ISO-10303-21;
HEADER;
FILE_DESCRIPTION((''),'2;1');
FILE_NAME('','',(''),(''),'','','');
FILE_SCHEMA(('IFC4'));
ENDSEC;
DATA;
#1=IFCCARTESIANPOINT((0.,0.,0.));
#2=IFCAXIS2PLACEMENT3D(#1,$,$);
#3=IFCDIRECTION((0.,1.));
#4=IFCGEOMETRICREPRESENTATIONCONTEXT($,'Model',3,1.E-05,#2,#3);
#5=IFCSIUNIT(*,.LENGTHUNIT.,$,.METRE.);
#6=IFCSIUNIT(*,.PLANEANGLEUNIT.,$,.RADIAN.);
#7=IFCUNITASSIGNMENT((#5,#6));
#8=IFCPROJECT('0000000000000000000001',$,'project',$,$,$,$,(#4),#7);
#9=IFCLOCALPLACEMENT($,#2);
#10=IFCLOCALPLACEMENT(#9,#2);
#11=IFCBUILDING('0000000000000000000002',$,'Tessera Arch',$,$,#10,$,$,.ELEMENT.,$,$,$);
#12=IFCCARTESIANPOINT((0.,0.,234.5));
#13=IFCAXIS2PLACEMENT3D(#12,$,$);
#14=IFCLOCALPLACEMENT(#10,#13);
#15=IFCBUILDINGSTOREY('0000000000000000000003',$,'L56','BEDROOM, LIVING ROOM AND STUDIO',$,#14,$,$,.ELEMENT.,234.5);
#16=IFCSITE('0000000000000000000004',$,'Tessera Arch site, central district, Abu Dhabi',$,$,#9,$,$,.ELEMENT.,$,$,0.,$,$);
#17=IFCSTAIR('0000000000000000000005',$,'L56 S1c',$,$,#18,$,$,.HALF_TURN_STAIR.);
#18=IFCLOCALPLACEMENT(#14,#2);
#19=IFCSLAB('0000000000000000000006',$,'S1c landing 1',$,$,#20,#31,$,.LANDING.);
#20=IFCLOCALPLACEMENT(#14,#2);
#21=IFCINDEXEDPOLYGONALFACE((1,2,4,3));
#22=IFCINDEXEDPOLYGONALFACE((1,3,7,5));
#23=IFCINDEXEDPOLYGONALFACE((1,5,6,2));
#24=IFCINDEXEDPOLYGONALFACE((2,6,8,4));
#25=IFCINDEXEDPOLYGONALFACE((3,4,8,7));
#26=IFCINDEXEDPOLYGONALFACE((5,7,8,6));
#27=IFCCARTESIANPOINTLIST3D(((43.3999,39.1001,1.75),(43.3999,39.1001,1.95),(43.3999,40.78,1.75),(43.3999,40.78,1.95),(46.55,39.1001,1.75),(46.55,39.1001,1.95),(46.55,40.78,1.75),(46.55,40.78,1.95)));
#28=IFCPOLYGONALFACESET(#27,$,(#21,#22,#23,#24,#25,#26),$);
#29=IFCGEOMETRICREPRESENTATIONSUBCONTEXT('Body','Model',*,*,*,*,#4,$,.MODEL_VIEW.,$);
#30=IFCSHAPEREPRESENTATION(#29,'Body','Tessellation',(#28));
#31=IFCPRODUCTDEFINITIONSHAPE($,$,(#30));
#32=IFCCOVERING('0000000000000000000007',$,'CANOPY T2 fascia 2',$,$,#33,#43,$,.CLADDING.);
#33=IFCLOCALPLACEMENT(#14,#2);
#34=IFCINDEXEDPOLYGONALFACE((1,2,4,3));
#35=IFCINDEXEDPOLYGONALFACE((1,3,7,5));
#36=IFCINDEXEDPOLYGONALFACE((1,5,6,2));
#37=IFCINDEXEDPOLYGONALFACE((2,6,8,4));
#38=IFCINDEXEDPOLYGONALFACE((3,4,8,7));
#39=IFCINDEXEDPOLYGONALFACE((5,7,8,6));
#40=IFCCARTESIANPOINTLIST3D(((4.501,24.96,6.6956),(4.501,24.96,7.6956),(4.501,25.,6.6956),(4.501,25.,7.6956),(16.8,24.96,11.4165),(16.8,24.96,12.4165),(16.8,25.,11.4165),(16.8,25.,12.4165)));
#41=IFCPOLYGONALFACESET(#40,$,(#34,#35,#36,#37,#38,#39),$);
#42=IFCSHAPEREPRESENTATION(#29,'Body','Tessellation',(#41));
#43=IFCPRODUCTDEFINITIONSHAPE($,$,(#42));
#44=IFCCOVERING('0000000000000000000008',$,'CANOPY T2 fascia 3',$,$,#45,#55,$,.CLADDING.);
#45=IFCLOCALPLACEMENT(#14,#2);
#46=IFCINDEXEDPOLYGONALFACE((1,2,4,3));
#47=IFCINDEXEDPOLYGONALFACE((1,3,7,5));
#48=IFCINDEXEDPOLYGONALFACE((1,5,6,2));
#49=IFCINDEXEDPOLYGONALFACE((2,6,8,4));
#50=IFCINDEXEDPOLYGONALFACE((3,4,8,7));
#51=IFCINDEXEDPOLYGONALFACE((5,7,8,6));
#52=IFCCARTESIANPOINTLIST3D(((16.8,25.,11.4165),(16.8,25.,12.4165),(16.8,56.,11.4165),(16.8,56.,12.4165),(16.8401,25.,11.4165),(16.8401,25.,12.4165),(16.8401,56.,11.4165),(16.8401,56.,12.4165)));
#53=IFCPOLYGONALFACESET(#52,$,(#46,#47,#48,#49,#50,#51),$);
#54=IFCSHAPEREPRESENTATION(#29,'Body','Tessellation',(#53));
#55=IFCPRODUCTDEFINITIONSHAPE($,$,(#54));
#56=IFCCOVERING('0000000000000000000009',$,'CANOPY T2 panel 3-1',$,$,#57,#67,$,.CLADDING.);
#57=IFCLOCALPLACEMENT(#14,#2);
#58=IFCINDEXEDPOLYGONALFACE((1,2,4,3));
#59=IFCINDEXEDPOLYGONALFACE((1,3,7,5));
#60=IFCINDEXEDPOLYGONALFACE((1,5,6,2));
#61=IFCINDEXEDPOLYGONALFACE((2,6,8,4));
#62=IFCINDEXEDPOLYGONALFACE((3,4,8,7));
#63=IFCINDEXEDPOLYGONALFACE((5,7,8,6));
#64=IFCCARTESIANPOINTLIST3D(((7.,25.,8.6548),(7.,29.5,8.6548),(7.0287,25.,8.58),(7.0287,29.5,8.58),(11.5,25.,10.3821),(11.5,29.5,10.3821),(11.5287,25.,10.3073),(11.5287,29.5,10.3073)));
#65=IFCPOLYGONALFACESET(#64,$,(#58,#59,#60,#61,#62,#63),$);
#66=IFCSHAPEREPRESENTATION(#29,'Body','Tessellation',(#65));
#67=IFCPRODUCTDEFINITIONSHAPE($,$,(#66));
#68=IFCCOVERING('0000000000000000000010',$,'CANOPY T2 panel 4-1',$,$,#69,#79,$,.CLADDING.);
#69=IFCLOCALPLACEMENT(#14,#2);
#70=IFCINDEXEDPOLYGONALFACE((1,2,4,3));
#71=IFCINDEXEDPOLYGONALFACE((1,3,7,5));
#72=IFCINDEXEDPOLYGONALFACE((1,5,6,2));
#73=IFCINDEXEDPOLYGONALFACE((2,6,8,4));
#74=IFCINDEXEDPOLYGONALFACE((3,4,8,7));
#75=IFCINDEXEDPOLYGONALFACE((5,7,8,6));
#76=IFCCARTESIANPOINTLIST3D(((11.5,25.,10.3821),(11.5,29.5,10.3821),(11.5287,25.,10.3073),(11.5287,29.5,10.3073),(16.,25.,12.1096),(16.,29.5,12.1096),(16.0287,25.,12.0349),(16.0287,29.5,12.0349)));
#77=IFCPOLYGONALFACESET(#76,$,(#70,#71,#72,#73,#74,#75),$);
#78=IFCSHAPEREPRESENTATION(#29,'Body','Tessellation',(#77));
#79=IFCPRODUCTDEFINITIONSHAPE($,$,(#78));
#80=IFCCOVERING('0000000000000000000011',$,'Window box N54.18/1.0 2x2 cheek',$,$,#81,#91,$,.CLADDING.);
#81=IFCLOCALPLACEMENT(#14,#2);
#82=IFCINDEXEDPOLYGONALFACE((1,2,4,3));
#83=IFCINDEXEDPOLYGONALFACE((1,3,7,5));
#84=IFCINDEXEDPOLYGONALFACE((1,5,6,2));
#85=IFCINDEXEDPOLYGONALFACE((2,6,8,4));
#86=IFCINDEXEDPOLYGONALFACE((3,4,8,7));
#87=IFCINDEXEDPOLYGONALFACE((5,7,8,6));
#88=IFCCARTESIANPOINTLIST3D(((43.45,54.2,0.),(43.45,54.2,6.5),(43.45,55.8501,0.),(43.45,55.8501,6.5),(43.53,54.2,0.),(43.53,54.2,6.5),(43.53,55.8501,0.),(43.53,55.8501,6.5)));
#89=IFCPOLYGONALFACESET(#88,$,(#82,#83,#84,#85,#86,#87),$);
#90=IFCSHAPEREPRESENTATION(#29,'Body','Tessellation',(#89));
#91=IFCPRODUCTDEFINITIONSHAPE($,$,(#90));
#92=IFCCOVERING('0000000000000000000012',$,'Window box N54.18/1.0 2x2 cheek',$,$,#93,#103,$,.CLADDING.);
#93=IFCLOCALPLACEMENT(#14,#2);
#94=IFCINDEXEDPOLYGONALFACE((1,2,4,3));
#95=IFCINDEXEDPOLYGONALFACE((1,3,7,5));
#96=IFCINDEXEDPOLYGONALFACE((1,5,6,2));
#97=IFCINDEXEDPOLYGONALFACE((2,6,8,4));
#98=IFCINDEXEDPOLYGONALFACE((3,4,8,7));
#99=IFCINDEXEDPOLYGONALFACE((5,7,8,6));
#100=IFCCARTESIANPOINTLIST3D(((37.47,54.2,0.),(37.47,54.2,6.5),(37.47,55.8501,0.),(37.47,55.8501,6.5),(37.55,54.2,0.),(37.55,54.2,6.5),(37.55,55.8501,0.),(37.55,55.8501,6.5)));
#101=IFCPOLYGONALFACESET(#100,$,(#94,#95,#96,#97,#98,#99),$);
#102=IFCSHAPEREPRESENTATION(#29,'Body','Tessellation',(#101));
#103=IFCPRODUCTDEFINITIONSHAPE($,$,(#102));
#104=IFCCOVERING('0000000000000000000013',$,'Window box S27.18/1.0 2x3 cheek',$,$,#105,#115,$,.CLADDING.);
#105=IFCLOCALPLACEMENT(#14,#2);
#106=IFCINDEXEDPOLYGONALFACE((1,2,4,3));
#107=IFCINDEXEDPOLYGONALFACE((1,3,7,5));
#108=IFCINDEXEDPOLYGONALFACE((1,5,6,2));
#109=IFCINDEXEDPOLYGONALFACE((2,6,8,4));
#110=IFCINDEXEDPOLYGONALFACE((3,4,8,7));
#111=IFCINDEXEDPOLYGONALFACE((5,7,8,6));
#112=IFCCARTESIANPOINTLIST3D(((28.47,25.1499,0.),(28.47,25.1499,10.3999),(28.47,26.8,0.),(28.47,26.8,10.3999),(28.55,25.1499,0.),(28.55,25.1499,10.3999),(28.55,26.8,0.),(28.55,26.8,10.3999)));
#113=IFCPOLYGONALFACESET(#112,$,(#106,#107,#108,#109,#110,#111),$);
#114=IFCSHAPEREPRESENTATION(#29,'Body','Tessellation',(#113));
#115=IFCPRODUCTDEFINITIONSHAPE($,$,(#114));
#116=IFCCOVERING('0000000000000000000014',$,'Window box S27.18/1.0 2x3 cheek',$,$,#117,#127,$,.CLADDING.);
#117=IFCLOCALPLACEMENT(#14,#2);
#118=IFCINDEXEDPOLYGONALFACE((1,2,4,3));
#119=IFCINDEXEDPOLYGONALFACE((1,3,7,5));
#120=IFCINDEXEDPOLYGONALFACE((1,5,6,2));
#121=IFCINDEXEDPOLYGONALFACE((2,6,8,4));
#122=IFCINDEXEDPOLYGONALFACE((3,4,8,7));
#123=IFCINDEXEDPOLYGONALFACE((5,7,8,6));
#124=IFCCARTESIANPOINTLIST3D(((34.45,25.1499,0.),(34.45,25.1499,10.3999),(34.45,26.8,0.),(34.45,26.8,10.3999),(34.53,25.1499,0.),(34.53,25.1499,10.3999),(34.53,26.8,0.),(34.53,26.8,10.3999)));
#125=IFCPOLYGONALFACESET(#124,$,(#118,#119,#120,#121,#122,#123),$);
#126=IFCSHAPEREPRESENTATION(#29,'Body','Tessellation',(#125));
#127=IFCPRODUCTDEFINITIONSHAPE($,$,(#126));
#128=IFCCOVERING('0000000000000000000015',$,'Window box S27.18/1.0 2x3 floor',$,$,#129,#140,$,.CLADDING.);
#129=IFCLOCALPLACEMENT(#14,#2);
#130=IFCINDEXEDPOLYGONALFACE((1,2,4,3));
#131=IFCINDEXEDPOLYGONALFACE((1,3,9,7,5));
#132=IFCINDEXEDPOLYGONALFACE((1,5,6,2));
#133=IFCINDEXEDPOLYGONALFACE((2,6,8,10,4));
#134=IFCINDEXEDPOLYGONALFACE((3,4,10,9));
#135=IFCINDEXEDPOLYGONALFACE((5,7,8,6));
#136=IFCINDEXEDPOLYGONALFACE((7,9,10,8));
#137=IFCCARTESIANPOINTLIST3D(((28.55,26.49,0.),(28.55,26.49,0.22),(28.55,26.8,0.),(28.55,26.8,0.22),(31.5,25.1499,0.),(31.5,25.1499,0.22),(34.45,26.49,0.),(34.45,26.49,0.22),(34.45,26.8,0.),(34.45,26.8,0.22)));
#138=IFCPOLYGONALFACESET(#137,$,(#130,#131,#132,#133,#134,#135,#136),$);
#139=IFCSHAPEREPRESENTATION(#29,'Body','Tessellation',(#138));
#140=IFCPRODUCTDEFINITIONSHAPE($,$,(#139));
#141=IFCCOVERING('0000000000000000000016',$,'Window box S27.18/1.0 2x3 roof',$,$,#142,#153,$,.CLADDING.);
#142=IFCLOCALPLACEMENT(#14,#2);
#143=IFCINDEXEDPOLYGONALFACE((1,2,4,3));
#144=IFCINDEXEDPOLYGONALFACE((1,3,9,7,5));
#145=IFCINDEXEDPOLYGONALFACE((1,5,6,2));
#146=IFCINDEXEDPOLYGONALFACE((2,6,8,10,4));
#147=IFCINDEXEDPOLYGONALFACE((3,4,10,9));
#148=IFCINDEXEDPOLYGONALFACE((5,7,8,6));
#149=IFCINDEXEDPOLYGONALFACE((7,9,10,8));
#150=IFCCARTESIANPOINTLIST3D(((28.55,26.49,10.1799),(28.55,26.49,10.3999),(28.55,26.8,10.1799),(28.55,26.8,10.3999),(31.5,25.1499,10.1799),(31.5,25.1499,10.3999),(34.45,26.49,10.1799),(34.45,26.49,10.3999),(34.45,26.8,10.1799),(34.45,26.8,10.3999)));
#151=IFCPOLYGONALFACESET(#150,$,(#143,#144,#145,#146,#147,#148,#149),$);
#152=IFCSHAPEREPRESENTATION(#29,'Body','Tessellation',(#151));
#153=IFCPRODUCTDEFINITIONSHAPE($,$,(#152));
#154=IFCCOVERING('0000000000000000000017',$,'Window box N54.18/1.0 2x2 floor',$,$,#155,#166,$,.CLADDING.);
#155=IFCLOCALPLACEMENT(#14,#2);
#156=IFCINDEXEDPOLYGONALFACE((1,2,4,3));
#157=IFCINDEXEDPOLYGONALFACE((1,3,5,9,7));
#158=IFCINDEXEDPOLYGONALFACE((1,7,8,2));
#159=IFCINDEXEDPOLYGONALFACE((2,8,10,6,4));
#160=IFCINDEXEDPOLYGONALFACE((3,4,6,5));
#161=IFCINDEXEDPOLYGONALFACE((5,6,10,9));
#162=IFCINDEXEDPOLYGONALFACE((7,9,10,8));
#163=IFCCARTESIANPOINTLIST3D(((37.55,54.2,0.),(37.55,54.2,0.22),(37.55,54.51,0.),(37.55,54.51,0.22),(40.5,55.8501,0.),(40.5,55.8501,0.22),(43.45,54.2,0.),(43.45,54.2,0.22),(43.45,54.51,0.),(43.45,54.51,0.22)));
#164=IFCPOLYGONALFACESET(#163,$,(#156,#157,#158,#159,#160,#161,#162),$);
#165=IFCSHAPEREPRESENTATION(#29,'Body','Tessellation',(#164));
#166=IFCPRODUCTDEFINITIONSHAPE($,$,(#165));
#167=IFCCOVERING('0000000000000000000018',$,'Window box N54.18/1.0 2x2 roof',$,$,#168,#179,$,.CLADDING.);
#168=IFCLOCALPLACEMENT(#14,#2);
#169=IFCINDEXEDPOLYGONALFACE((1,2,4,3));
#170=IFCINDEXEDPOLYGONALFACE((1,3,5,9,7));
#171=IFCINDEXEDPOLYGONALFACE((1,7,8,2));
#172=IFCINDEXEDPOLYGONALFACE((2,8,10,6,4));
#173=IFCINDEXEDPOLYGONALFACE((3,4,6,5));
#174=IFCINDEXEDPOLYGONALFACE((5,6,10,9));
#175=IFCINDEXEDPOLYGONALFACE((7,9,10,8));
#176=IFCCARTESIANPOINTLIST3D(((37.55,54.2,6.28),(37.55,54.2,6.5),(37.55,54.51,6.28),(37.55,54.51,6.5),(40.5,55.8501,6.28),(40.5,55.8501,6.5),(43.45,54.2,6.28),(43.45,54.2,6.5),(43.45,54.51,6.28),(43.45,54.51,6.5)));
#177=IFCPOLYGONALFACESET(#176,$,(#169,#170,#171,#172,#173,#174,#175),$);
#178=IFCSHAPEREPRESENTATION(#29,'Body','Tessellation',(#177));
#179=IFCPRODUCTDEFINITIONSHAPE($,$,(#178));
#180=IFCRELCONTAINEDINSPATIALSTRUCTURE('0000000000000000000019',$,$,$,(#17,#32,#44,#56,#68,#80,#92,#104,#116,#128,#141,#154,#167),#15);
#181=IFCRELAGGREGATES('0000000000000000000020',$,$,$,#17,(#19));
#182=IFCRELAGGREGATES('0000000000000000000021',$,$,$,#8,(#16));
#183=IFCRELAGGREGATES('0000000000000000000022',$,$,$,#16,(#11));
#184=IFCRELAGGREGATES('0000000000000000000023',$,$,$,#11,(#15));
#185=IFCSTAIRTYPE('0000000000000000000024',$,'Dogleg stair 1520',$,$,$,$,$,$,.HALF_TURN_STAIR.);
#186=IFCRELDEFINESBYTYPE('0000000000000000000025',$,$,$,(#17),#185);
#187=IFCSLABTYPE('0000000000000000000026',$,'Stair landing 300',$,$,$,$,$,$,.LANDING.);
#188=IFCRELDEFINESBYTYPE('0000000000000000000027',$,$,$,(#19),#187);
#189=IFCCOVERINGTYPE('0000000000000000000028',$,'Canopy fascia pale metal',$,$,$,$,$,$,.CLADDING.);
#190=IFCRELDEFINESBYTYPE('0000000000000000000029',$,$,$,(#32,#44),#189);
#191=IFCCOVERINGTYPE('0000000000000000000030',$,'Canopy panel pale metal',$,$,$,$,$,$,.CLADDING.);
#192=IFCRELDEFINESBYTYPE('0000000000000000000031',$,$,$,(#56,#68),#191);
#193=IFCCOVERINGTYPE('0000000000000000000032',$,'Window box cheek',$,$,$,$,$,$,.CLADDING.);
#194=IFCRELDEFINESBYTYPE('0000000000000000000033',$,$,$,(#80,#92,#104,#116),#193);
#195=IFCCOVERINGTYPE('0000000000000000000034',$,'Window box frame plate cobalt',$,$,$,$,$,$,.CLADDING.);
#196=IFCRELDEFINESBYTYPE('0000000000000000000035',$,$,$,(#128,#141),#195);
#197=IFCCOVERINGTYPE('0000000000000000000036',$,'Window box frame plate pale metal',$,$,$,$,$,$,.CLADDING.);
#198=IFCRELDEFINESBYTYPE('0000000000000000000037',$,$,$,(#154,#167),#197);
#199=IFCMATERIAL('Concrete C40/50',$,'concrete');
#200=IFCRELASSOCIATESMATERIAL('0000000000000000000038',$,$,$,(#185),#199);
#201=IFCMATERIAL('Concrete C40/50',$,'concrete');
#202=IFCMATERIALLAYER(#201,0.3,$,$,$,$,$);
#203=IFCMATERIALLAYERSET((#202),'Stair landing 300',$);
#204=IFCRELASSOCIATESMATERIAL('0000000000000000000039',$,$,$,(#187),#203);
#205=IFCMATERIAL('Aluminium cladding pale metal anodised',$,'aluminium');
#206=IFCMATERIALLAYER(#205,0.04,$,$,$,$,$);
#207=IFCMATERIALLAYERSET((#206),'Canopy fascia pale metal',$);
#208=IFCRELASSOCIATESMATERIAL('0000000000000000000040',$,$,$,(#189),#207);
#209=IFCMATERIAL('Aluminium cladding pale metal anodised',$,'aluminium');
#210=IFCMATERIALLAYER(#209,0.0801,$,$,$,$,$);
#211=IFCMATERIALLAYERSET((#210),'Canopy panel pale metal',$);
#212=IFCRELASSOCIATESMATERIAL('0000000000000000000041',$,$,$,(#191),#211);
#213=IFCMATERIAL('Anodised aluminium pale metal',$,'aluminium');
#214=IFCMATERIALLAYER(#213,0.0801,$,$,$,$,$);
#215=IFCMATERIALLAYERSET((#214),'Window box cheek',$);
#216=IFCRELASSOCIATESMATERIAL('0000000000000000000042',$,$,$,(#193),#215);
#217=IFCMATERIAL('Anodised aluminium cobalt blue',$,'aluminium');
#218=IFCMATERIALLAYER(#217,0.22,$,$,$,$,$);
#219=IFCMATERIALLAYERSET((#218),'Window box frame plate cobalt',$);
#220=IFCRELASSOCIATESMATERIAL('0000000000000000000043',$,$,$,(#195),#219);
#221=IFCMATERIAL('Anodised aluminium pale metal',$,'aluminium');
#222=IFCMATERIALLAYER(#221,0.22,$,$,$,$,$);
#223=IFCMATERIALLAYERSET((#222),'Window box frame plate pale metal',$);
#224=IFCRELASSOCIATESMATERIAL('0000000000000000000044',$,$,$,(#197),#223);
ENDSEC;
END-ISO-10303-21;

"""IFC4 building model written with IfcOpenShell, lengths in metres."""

from ifc_helpers import new_model, si_unit, direction, frame, origin, place, context, subcontext, project, spatial, polyline, outline, extrude, material, layer, layer_set, type_object, element, aggregate, save


model = new_model("IFC4")

# Units and contexts
model_context = context("Model", 3, precision=1e-05, world=origin(), true_north=direction((0.0, 1.0)))
body_context = subcontext(model_context, "Body", "Model", "MODEL_VIEW")
ifc_project = project(units=[si_unit("LENGTHUNIT", "METRE"), si_unit("PLANEANGLEUNIT", "RADIAN")], contexts=[model_context])

# Site, building, storey
site_placement = place(None, origin())
site = spatial("IfcSite", under=ifc_project, at=site_placement, Name="Tessera Arch site, central district, Abu Dhabi", CompositionType="ELEMENT", RefElevation=0.0)
building_placement = place(site_placement, origin())
building = spatial("IfcBuilding", under=site, at=building_placement, Name="Tessera Arch", CompositionType="ELEMENT")
storey_placement = place(building_placement, frame((0.0, 0.0, 234.5)))
storey = spatial("IfcBuildingStorey", under=building, at=storey_placement, Name="L56", Description="BEDROOM, LIVING ROOM AND STUDIO", CompositionType="ELEMENT", Elevation=234.5)

# Stair, slab
ifc_material_1 = material(Name="Concrete C40/50", Category="concrete")
stair_type = type_object("IfcStairType", Name="Dogleg stair 1520", PredefinedType="HALF_TURN_STAIR", material=ifc_material_1)
ifc_material_2 = material(Name="Concrete C40/50", Category="concrete")
ifc_layer_1 = layer(ifc_material_2, 0.3)
ifc_layer_set_1 = layer_set([ifc_layer_1], Name="Stair landing 300")
slab_type = type_object("IfcSlabType", Name="Stair landing 300", PredefinedType="LANDING", material=ifc_layer_set_1)
stair_1_placement = place(storey_placement, origin())
stair_1 = element("IfcStair", 1, at=stair_1_placement, inside=storey, type_object=stair_type, Name="L56 S1c", PredefinedType="HALF_TURN_STAIR")
slab_1_placement = place(storey_placement, frame((0.0, 0.0, 1.75)))
slab_1 = element("IfcSlab", 2, at=slab_1_placement, type_object=slab_type, Name="S1c landing 1", PredefinedType="LANDING", context=body_context, shape_type="SweptSolid", body=[
    extrude(outline(polyline([(43.3999, 40.78), (43.3999, 39.1001), (46.55, 39.1001), (46.55, 40.78), (43.3999, 40.78)])), origin(), (0.0, 0.0, 1.0), 0.2),
])
aggregate(stair_1, [slab_1])

# Coverings
ifc_material_3 = material(Name="Aluminium cladding pale metal anodised", Category="aluminium")
ifc_layer_2 = layer(ifc_material_3, 0.04)
ifc_layer_set_2 = layer_set([ifc_layer_2], Name="Canopy fascia pale metal")
covering_type_1 = type_object("IfcCoveringType", Name="Canopy fascia pale metal", PredefinedType="CLADDING", material=ifc_layer_set_2)
covering_1_placement = place(storey_placement, frame((4.501, 25.0, 7.6956), z_axis=(0.0, 1.0, 0.0), x_axis=(0.933586, 0.0, 0.358353)))
element("IfcCovering", 3, at=covering_1_placement, inside=storey, type_object=covering_type_1, Name="CANOPY T2 fascia 2", PredefinedType="CLADDING", context=body_context, shape_type="SweptSolid", body=[
    extrude(outline(polyline([(0.0, 0.0), (13.174, 0.0), (12.8157, 0.9336), (-0.3584, 0.9336), (0.0, 0.0)])), origin(), (0.0, 0.0, -1.0), 0.04),
])
covering_2_placement = place(storey_placement, frame((16.8, 25.0, 12.4165), z_axis=(-1.0, 0.0, 0.0), x_axis=(0.0, 1.0, 0.0)))
element("IfcCovering", 4, at=covering_2_placement, inside=storey, type_object=covering_type_1, Name="CANOPY T2 fascia 3", PredefinedType="CLADDING", context=body_context, shape_type="SweptSolid", body=[
    extrude(outline(polyline([(0.0, 0.0), (31.0, 0.0), (31.0, 1.0), (0.0, 1.0), (0.0, 0.0)])), origin(), (0.0, 0.0, -1.0), 0.04),
])
ifc_material_4 = material(Name="Aluminium cladding pale metal anodised", Category="aluminium")
ifc_layer_3 = layer(ifc_material_4, 0.0801)
ifc_layer_set_3 = layer_set([ifc_layer_3], Name="Canopy panel pale metal")
covering_type_2 = type_object("IfcCoveringType", Name="Canopy panel pale metal", PredefinedType="CLADDING", material=ifc_layer_set_3)
covering_3_placement = place(storey_placement, frame((11.5, 25.0, 10.3821), z_axis=(-0.358351, 0.0, 0.933587), x_axis=(0.0, 1.0, 0.0)))
element("IfcCovering", 5, at=covering_3_placement, inside=storey, type_object=covering_type_2, Name="CANOPY T2 panel 3-1", PredefinedType="CLADDING", context=body_context, shape_type="SweptSolid", body=[
    extrude(outline(polyline([(0.0, 0.0), (4.5, 0.0), (4.5, 4.8201), (0.0, 4.8201), (0.0, 0.0)])), origin(), (0.0, 0.0, -1.0), 0.0801),
])
covering_4_placement = place(storey_placement, frame((16.0, 25.0, 12.1096), z_axis=(-0.358395, 0.0, 0.93357), x_axis=(0.0, 1.0, 0.0)))
element("IfcCovering", 6, at=covering_4_placement, inside=storey, type_object=covering_type_2, Name="CANOPY T2 panel 4-1", PredefinedType="CLADDING", context=body_context, shape_type="SweptSolid", body=[
    extrude(outline(polyline([(0.0, 0.0), (4.5, 0.0), (4.5, 4.8202), (0.0, 4.8202), (0.0, 0.0)])), origin(), (0.0, 0.0, -1.0), 0.0801),
])
ifc_material_5 = material(Name="Anodised aluminium pale metal", Category="aluminium")
ifc_layer_4 = layer(ifc_material_5, 0.0801)
ifc_layer_set_4 = layer_set([ifc_layer_4], Name="Window box cheek")
covering_type_3 = type_object("IfcCoveringType", Name="Window box cheek", PredefinedType="CLADDING", material=ifc_layer_set_4)
covering_5_placement = place(storey_placement, origin())
element("IfcCovering", 7, at=covering_5_placement, inside=storey, type_object=covering_type_3, Name="Window box N54.18/1.0 2x2 cheek", PredefinedType="CLADDING", context=body_context, shape_type="SweptSolid", body=[
    extrude(outline(polyline([(43.53, 55.8501), (43.45, 55.8501), (43.45, 54.2), (43.53, 54.2), (43.53, 55.8501)])), origin(), (0.0, 0.0, 1.0), 6.5),
])
covering_6_placement = place(storey_placement, origin())
element("IfcCovering", 8, at=covering_6_placement, inside=storey, type_object=covering_type_3, Name="Window box N54.18/1.0 2x2 cheek", PredefinedType="CLADDING", context=body_context, shape_type="SweptSolid", body=[
    extrude(outline(polyline([(37.55, 55.8501), (37.47, 55.8501), (37.47, 54.2), (37.55, 54.2), (37.55, 55.8501)])), origin(), (0.0, 0.0, 1.0), 6.5),
])
covering_7_placement = place(storey_placement, origin())
element("IfcCovering", 9, at=covering_7_placement, inside=storey, type_object=covering_type_3, Name="Window box S27.18/1.0 2x3 cheek", PredefinedType="CLADDING", context=body_context, shape_type="SweptSolid", body=[
    extrude(outline(polyline([(28.47, 25.1499), (28.55, 25.1499), (28.55, 26.8), (28.47, 26.8), (28.47, 25.1499)])), origin(), (0.0, 0.0, 1.0), 10.3999),
])
covering_8_placement = place(storey_placement, origin())
element("IfcCovering", 10, at=covering_8_placement, inside=storey, type_object=covering_type_3, Name="Window box S27.18/1.0 2x3 cheek", PredefinedType="CLADDING", context=body_context, shape_type="SweptSolid", body=[
    extrude(outline(polyline([(34.45, 25.1499), (34.53, 25.1499), (34.53, 26.8), (34.45, 26.8), (34.45, 25.1499)])), origin(), (0.0, 0.0, 1.0), 10.3999),
])
ifc_material_6 = material(Name="Anodised aluminium cobalt blue", Category="aluminium")
ifc_layer_5 = layer(ifc_material_6, 0.22)
ifc_layer_set_5 = layer_set([ifc_layer_5], Name="Window box frame plate cobalt")
covering_type_4 = type_object("IfcCoveringType", Name="Window box frame plate cobalt", PredefinedType="CLADDING", material=ifc_layer_set_5)
for number, where, name in (
    (11, (0.0, 0.0, 0.0), "Window box S27.18/1.0 2x3 floor"),
    (12, (0.0, 0.0, 10.1799), "Window box S27.18/1.0 2x3 roof"),
):
    element("IfcCovering", number, at=place(storey_placement, frame(where)), inside=storey, type_object=covering_type_4, Name=name, PredefinedType="CLADDING", context=body_context, shape_type="SweptSolid", body=[
        extrude(outline(polyline([(28.55, 26.49), (31.5, 25.1499), (34.45, 26.49), (34.45, 26.8), (28.55, 26.8), (28.55, 26.49)])), origin(), (0.0, 0.0, 1.0), 0.22),
    ])
ifc_material_7 = material(Name="Anodised aluminium pale metal", Category="aluminium")
ifc_layer_6 = layer(ifc_material_7, 0.22)
ifc_layer_set_6 = layer_set([ifc_layer_6], Name="Window box frame plate pale metal")
covering_type_5 = type_object("IfcCoveringType", Name="Window box frame plate pale metal", PredefinedType="CLADDING", material=ifc_layer_set_6)
for number, where, name in (
    (13, (0.0, 0.0, 0.0), "Window box N54.18/1.0 2x2 floor"),
    (14, (0.0, 0.0, 6.28), "Window box N54.18/1.0 2x2 roof"),
):
    element("IfcCovering", number, at=place(storey_placement, frame(where)), inside=storey, type_object=covering_type_5, Name=name, PredefinedType="CLADDING", context=body_context, shape_type="SweptSolid", body=[
        extrude(outline(polyline([(43.45, 54.51), (40.5, 55.8501), (37.55, 54.51), (37.55, 54.2), (43.45, 54.2), (43.45, 54.51)])), origin(), (0.0, 0.0, 1.0), 0.22),
    ])

save(model, "model.ifc")
